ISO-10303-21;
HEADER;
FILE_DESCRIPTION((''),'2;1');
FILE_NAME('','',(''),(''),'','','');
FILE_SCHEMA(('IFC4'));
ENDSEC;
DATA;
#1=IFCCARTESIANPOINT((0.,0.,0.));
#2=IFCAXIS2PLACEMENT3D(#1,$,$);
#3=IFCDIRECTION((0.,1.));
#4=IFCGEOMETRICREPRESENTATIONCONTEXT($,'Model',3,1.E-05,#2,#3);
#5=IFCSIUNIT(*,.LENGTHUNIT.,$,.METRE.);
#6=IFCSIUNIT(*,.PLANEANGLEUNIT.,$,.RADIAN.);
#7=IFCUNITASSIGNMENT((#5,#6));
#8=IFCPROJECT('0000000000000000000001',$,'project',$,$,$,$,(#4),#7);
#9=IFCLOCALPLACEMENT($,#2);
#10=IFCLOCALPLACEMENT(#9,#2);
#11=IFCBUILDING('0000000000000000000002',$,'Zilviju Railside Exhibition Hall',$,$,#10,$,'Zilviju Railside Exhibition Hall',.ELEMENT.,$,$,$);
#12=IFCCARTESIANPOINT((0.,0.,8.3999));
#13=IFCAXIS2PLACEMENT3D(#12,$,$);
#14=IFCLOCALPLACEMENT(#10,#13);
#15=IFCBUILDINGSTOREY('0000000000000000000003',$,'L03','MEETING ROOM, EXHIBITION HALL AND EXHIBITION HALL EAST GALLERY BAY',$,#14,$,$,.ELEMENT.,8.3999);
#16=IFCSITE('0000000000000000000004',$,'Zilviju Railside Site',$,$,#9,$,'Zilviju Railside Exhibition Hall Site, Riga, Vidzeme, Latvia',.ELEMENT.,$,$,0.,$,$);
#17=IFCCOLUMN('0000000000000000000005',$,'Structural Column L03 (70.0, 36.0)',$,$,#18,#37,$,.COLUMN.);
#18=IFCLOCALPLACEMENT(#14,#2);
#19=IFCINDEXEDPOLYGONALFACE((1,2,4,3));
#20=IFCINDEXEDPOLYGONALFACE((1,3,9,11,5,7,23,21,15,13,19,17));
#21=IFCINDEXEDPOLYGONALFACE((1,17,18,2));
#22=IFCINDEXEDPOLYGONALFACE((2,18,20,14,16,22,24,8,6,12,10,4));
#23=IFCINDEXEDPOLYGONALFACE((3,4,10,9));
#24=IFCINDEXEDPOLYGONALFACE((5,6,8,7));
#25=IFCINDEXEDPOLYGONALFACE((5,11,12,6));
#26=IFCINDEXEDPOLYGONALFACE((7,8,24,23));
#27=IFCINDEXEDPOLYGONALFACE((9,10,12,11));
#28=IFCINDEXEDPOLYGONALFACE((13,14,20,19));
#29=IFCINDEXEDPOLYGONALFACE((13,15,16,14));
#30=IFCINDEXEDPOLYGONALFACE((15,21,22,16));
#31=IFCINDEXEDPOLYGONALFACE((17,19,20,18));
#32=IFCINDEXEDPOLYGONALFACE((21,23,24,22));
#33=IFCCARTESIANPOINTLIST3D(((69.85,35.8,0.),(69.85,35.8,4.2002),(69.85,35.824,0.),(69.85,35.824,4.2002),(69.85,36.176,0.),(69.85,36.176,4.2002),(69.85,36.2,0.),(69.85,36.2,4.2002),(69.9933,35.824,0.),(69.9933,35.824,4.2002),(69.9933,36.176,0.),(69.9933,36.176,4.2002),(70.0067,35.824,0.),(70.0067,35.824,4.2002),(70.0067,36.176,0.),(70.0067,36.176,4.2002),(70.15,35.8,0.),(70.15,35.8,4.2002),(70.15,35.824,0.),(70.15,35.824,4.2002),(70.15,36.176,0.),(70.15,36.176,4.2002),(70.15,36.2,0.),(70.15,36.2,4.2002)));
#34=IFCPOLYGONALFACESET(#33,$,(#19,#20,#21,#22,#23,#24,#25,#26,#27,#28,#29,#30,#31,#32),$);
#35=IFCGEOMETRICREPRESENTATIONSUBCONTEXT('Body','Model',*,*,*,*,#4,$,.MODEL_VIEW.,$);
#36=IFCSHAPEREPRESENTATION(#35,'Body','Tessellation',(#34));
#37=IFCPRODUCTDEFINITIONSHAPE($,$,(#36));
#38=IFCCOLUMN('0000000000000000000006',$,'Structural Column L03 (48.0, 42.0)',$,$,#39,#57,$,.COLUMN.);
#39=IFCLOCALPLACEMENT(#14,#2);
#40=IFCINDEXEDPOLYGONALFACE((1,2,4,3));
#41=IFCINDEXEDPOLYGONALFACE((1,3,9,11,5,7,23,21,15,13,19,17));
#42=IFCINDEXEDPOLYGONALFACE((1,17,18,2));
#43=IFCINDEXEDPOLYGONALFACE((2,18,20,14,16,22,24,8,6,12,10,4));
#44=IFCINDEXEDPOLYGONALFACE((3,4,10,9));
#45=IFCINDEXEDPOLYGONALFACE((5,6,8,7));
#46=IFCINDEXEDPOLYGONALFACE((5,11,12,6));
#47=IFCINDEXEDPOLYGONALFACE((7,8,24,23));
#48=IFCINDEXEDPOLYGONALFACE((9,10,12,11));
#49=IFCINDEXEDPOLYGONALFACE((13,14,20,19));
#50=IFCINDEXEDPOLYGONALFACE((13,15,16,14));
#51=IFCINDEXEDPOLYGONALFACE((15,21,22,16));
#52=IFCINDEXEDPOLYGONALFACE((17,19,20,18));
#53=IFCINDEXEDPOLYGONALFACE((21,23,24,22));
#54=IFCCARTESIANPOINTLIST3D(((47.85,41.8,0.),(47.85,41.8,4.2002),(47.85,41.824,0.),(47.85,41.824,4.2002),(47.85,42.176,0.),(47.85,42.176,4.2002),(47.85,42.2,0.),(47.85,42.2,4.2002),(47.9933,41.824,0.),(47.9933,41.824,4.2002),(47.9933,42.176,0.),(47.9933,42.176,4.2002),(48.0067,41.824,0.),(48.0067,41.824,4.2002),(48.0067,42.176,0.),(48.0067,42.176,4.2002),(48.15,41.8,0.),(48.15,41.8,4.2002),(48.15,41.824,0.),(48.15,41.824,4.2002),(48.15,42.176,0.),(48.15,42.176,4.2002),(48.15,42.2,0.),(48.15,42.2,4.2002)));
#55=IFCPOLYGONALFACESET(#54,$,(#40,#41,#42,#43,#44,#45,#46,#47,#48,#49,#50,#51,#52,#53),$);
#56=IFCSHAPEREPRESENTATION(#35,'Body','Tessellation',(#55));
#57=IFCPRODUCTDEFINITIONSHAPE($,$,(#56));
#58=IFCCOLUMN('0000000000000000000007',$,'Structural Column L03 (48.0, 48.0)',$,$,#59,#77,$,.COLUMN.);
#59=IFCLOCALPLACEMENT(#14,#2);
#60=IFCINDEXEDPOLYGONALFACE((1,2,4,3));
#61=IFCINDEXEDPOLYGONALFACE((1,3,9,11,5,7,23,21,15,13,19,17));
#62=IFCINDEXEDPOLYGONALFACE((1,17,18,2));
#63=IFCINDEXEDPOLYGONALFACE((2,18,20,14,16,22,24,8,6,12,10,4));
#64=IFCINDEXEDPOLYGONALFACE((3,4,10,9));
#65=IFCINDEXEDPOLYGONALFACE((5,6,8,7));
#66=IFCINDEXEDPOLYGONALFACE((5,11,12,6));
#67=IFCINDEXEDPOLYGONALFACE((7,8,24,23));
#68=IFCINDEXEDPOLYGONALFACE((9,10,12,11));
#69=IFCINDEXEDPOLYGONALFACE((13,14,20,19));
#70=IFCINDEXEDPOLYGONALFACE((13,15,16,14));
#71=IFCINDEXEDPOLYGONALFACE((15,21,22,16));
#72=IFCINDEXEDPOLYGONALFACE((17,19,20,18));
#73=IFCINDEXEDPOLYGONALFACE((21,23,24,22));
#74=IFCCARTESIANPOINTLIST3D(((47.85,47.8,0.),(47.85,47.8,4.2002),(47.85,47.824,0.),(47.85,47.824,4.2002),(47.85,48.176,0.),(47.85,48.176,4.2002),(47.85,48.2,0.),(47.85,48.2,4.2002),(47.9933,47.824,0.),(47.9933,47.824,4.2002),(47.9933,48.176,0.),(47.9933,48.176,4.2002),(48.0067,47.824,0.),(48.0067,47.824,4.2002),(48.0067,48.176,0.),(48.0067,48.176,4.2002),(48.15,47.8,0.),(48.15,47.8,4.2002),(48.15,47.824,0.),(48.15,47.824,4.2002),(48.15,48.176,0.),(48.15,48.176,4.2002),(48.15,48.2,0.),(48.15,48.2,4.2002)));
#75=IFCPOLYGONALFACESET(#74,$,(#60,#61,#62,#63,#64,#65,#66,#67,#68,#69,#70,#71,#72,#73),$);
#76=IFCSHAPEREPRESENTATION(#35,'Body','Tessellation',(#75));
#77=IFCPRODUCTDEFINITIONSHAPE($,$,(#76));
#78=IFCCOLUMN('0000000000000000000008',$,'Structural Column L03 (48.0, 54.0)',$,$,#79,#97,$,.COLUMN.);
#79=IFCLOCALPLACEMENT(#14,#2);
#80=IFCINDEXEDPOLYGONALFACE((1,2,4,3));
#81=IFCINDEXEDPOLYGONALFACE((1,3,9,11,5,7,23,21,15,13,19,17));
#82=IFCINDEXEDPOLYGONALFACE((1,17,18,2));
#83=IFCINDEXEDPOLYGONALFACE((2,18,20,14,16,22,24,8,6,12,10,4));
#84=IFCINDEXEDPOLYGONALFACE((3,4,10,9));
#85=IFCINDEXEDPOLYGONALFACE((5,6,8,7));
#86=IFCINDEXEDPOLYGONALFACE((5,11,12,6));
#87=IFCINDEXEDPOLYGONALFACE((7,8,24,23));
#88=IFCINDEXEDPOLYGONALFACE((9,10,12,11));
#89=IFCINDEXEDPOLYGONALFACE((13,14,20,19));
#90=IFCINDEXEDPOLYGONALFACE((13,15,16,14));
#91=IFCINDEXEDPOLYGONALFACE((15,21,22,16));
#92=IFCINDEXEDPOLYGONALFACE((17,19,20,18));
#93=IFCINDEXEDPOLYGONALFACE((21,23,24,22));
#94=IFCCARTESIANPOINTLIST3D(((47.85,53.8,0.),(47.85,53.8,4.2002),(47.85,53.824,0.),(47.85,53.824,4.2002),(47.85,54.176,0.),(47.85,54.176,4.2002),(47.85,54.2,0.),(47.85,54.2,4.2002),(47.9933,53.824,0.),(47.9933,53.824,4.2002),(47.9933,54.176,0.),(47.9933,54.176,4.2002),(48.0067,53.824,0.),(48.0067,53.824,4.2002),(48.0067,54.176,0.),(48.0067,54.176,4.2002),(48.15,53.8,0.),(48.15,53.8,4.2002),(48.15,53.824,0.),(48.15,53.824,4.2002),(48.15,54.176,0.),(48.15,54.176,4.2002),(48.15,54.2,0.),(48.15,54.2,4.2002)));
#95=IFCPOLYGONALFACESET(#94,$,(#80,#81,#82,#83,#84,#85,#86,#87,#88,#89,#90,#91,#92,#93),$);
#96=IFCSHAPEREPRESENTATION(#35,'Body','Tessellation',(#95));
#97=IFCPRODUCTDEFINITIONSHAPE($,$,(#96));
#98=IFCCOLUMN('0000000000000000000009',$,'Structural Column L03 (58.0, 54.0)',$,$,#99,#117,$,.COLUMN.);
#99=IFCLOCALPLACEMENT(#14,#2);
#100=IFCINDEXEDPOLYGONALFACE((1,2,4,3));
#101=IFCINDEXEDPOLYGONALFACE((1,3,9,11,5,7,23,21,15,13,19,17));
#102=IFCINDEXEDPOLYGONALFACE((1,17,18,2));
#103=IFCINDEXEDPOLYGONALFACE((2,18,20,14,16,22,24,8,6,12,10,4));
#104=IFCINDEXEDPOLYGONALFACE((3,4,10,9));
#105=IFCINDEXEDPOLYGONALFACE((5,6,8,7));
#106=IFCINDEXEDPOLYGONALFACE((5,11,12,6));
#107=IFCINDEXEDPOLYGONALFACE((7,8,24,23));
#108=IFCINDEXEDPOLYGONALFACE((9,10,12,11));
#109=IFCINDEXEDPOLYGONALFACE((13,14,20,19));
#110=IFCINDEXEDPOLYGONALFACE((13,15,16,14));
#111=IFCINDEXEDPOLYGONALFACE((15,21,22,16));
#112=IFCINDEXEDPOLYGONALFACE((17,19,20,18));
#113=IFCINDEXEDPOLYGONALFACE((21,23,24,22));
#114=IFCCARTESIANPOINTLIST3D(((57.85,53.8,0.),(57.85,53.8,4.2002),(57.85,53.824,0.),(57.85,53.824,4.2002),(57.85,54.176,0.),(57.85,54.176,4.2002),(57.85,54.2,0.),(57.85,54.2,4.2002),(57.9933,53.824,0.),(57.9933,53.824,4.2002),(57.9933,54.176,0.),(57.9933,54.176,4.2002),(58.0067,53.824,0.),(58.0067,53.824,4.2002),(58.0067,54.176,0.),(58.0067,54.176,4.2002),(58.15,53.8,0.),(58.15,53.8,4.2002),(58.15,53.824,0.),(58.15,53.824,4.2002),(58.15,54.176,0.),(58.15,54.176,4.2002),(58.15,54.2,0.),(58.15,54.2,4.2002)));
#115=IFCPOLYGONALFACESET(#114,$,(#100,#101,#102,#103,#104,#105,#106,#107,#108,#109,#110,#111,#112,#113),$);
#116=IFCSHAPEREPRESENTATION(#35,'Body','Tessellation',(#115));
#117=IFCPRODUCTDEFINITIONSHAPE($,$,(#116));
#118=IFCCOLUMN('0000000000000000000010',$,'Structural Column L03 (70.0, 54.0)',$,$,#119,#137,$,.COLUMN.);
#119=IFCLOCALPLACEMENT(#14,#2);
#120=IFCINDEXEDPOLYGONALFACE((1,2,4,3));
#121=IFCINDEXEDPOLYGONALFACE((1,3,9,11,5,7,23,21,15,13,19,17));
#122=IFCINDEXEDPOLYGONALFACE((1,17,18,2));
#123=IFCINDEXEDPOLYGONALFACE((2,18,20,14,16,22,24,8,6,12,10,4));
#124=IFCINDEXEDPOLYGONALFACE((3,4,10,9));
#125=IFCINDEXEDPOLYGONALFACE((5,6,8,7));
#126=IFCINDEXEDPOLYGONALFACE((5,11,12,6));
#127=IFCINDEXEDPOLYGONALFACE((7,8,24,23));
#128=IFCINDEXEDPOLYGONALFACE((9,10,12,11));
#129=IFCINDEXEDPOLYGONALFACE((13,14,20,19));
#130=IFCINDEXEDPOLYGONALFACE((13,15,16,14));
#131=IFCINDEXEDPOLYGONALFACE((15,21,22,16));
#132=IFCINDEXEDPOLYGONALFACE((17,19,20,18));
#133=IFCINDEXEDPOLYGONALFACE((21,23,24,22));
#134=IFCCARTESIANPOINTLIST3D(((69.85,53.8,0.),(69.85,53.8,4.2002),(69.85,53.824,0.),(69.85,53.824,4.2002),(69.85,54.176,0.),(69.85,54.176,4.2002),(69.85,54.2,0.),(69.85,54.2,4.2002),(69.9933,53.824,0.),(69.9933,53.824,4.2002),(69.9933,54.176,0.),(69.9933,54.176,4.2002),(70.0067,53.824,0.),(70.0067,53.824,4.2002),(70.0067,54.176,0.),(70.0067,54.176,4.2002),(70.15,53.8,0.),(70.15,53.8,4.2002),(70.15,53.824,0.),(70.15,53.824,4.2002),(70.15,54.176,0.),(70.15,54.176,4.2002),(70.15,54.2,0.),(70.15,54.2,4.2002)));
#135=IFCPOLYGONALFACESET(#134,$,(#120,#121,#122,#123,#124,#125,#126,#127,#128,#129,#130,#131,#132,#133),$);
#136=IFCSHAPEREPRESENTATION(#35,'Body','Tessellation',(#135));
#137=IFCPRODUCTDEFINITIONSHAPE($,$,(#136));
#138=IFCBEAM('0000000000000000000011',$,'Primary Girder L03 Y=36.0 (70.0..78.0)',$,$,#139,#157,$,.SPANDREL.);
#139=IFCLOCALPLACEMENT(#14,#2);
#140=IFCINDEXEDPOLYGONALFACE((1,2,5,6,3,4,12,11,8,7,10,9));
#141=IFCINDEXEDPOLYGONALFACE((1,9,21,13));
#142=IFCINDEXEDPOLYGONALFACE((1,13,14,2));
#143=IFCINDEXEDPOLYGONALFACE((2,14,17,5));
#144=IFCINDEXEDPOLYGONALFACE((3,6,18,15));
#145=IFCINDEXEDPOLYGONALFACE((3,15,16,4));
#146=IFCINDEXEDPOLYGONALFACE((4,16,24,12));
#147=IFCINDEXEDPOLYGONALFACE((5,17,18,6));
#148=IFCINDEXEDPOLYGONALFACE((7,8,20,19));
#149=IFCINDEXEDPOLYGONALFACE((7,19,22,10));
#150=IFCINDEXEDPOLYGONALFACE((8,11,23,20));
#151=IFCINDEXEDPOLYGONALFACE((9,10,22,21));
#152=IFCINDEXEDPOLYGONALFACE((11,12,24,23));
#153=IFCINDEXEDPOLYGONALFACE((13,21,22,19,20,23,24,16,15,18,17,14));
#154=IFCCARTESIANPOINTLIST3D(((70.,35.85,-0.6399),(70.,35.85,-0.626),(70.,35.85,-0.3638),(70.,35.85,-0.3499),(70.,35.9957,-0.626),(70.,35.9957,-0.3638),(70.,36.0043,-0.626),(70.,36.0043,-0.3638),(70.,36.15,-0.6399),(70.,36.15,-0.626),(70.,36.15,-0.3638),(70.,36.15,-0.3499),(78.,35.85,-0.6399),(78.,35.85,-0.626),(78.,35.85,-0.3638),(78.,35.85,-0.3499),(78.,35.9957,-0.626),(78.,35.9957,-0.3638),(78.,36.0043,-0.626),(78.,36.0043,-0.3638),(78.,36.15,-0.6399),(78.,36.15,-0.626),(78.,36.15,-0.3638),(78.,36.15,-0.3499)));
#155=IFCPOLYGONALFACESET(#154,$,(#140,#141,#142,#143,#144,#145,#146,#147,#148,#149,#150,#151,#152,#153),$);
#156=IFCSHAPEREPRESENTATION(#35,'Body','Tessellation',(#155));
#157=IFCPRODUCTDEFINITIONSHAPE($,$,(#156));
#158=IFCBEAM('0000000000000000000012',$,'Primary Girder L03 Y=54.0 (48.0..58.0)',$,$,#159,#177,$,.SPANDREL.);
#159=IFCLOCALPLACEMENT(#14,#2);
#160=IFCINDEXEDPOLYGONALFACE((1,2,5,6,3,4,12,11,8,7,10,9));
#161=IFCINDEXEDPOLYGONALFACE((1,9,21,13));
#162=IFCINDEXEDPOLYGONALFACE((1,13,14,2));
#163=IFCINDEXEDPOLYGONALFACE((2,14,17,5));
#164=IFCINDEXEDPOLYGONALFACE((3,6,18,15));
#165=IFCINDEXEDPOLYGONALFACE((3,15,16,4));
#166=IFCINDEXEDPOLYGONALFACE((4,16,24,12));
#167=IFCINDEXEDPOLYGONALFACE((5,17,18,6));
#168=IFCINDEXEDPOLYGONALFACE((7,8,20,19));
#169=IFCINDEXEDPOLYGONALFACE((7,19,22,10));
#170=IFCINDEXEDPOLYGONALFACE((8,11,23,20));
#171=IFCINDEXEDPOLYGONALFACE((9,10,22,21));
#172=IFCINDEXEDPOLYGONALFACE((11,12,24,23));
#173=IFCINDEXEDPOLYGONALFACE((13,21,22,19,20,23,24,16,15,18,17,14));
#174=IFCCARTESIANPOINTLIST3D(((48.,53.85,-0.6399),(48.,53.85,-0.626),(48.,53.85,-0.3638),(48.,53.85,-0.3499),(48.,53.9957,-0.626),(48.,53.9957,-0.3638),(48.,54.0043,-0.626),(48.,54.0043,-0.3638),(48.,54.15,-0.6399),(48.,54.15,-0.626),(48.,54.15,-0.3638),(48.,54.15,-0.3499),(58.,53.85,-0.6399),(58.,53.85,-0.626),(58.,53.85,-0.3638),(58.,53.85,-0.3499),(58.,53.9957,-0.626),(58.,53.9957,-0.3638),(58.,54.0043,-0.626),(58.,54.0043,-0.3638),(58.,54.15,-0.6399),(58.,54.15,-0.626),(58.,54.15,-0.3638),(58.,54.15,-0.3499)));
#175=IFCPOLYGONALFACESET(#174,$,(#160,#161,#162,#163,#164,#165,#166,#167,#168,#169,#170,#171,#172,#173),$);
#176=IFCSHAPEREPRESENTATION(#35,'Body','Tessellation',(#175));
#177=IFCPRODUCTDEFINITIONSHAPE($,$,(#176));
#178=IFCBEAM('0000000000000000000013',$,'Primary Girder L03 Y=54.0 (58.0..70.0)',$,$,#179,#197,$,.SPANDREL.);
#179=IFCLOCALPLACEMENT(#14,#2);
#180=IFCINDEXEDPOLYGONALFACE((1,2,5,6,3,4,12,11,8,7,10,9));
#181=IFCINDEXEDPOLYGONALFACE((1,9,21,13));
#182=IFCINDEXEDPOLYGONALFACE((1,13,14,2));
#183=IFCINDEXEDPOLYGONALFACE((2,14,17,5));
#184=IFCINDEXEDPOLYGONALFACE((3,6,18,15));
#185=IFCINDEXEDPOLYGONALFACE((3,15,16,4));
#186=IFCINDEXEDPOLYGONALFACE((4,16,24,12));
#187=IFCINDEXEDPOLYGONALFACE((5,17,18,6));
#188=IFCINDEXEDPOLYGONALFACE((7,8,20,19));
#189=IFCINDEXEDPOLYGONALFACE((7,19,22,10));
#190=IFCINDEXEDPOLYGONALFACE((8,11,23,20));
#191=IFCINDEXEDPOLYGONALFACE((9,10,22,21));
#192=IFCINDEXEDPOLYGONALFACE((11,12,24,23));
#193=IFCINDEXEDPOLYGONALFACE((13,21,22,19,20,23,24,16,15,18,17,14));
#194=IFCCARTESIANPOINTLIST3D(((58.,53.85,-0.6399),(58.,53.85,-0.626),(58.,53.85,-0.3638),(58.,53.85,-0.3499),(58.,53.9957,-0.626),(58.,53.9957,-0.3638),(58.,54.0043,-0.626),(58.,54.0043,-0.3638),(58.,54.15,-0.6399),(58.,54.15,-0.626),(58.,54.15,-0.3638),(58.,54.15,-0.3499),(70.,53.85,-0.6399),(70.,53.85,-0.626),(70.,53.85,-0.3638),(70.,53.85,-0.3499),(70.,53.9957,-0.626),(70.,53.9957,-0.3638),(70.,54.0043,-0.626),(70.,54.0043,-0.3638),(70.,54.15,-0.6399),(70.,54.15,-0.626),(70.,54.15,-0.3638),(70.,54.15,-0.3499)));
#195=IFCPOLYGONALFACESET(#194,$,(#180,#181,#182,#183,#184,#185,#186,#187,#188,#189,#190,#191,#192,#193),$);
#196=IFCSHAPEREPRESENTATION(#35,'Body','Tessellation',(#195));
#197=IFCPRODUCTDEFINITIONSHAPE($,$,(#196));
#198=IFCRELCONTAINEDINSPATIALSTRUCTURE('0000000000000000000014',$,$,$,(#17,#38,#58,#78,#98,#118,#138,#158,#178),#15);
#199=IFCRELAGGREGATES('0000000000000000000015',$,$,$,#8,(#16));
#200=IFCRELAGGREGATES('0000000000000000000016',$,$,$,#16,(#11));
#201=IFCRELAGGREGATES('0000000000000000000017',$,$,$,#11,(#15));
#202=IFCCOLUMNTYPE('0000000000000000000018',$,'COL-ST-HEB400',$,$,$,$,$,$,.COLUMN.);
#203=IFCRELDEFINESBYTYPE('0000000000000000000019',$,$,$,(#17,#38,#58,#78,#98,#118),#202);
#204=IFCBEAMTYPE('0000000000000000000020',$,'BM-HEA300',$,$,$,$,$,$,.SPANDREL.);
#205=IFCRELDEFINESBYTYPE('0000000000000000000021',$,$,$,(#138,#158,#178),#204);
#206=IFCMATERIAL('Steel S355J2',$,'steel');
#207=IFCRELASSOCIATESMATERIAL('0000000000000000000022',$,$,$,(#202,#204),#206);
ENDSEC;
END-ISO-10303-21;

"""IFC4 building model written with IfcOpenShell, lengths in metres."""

from ifc_helpers import new_model, si_unit, direction, frame, origin, origin_2d, place, context, subcontext, project, spatial, i_section, extrude, material, material_profile, profile_set, type_object, element, save


model = new_model("IFC4")

# Units and contexts
model_context = context("Model", 3, precision=1e-05, world=origin(), true_north=direction((0.0, 1.0)))
body_context = subcontext(model_context, "Body", "Model", "MODEL_VIEW")
ifc_project = project(units=[si_unit("LENGTHUNIT", "METRE"), si_unit("PLANEANGLEUNIT", "RADIAN")], contexts=[model_context])

# Site, building, storey
site_placement = place(None, origin())
site = spatial("IfcSite", under=ifc_project, at=site_placement, Name="Zilviju Railside Site", LongName="Zilviju Railside Exhibition Hall Site, Riga, Vidzeme, Latvia", CompositionType="ELEMENT", RefElevation=0.0)
building_placement = place(site_placement, origin())
building = spatial("IfcBuilding", under=site, at=building_placement, Name="Zilviju Railside Exhibition Hall", LongName="Zilviju Railside Exhibition Hall", CompositionType="ELEMENT")
storey_placement = place(building_placement, frame((0.0, 0.0, 8.3999)))
storey = spatial("IfcBuildingStorey", under=building, at=storey_placement, Name="L03", Description="MEETING ROOM, EXHIBITION HALL AND EXHIBITION HALL EAST GALLERY BAY", CompositionType="ELEMENT", Elevation=8.3999)

# Columns
ifc_material_1 = material(Name="Steel S355J2", Category="steel")
ifc_material_profile_1 = material_profile(ifc_material_1, i_section(OverallWidth=0.3, OverallDepth=0.3999, WebThickness=0.0134, FlangeThickness=0.0239, at=origin_2d()), Name="HEB 400")
ifc_profile_set_1 = profile_set([ifc_material_profile_1], Name="Steel S355J2")
column_type = type_object("IfcColumnType", Name="COL-ST-HEB400", PredefinedType="COLUMN", material=ifc_profile_set_1)
for number, where, z_axis, x_axis, name in (
    (1, (70.0, 36.0, 0.0), (0.0, 0.0, 1.0), (1.0, 0.0, 0.0), "Structural Column L03 (70.0, 36.0)"),
    (2, (48.0, 42.0, 0.0), (0.0, 0.0, 1.0), (1.0, 0.0, 0.0), "Structural Column L03 (48.0, 42.0)"),
    (3, (48.0, 48.0, 0.0), (0.0, 0.0, 1.0), (1.0, 0.0, 0.0), "Structural Column L03 (48.0, 48.0)"),
    (4, (48.0, 54.0, 0.0), (0.0, 0.0, 1.0), (1.0, 0.0, 0.0), "Structural Column L03 (48.0, 54.0)"),
    (5, (58.0, 54.0, 0.0), (0.0, 0.0, 1.0), (1.0, 0.0, 0.0), "Structural Column L03 (58.0, 54.0)"),
    (6, (70.0, 54.0, 0.0), (0.0, 0.0, 1.0), (1.0, 0.0, 0.0), "Structural Column L03 (70.0, 54.0)"),
):
    element("IfcColumn", number, at=place(storey_placement, frame(where, z_axis=z_axis, x_axis=x_axis)), inside=storey, type_object=column_type, Name=name, PredefinedType="COLUMN", context=body_context, shape_type="SweptSolid", body=[
        extrude(i_section(OverallWidth=0.3, OverallDepth=0.3999, WebThickness=0.0134, FlangeThickness=0.0239, at=origin_2d()), origin(), (0.0, 0.0, 1.0), 4.2002),
    ])

# Beams
ifc_material_profile_2 = material_profile(ifc_material_1, i_section(OverallWidth=0.3, OverallDepth=0.29, WebThickness=0.0085, FlangeThickness=0.0139, at=origin_2d()), Name="HEA 300")
ifc_profile_set_2 = profile_set([ifc_material_profile_2], Name="Steel S355J2")
beam_type_1 = type_object("IfcBeamType", Name="BM-HEA300", PredefinedType="SPANDREL", material=ifc_profile_set_2)
beam_1_placement = place(storey_placement, frame((70.0, 36.0, -0.4949), z_axis=(1.0, 0.0, 0.0), x_axis=(0.0, 1.0, 0.0)))
element("IfcBeam", 7, at=beam_1_placement, inside=storey, type_object=beam_type_1, Name="Primary Girder L03 Y=36.0 (70.0..78.0)", PredefinedType="SPANDREL", context=body_context, shape_type="SweptSolid", body=[
    extrude(i_section(OverallWidth=0.3, OverallDepth=0.29, WebThickness=0.0085, FlangeThickness=0.0139, at=origin_2d()), origin(), (0.0, 0.0, 1.0), 8.0),
])
beam_2_placement = place(storey_placement, frame((48.0, 54.0, -0.4949), z_axis=(1.0, 0.0, 0.0), x_axis=(0.0, 1.0, 0.0)))
element("IfcBeam", 8, at=beam_2_placement, inside=storey, type_object=beam_type_1, Name="Primary Girder L03 Y=54.0 (48.0..58.0)", PredefinedType="SPANDREL", context=body_context, shape_type="SweptSolid", body=[
    extrude(i_section(OverallWidth=0.3, OverallDepth=0.29, WebThickness=0.0085, FlangeThickness=0.0139, at=origin_2d()), origin(), (0.0, 0.0, 1.0), 10.0),
])
beam_3_placement = place(storey_placement, frame((58.0, 54.0, -0.4949), z_axis=(1.0, 0.0, 0.0), x_axis=(0.0, 1.0, 0.0)))
element("IfcBeam", 9, at=beam_3_placement, inside=storey, type_object=beam_type_1, Name="Primary Girder L03 Y=54.0 (58.0..70.0)", PredefinedType="SPANDREL", context=body_context, shape_type="SweptSolid", body=[
    extrude(i_section(OverallWidth=0.3, OverallDepth=0.29, WebThickness=0.0085, FlangeThickness=0.0139, at=origin_2d()), origin(), (0.0, 0.0, 1.0), 12.0),
])

save(model, "model.ifc")
